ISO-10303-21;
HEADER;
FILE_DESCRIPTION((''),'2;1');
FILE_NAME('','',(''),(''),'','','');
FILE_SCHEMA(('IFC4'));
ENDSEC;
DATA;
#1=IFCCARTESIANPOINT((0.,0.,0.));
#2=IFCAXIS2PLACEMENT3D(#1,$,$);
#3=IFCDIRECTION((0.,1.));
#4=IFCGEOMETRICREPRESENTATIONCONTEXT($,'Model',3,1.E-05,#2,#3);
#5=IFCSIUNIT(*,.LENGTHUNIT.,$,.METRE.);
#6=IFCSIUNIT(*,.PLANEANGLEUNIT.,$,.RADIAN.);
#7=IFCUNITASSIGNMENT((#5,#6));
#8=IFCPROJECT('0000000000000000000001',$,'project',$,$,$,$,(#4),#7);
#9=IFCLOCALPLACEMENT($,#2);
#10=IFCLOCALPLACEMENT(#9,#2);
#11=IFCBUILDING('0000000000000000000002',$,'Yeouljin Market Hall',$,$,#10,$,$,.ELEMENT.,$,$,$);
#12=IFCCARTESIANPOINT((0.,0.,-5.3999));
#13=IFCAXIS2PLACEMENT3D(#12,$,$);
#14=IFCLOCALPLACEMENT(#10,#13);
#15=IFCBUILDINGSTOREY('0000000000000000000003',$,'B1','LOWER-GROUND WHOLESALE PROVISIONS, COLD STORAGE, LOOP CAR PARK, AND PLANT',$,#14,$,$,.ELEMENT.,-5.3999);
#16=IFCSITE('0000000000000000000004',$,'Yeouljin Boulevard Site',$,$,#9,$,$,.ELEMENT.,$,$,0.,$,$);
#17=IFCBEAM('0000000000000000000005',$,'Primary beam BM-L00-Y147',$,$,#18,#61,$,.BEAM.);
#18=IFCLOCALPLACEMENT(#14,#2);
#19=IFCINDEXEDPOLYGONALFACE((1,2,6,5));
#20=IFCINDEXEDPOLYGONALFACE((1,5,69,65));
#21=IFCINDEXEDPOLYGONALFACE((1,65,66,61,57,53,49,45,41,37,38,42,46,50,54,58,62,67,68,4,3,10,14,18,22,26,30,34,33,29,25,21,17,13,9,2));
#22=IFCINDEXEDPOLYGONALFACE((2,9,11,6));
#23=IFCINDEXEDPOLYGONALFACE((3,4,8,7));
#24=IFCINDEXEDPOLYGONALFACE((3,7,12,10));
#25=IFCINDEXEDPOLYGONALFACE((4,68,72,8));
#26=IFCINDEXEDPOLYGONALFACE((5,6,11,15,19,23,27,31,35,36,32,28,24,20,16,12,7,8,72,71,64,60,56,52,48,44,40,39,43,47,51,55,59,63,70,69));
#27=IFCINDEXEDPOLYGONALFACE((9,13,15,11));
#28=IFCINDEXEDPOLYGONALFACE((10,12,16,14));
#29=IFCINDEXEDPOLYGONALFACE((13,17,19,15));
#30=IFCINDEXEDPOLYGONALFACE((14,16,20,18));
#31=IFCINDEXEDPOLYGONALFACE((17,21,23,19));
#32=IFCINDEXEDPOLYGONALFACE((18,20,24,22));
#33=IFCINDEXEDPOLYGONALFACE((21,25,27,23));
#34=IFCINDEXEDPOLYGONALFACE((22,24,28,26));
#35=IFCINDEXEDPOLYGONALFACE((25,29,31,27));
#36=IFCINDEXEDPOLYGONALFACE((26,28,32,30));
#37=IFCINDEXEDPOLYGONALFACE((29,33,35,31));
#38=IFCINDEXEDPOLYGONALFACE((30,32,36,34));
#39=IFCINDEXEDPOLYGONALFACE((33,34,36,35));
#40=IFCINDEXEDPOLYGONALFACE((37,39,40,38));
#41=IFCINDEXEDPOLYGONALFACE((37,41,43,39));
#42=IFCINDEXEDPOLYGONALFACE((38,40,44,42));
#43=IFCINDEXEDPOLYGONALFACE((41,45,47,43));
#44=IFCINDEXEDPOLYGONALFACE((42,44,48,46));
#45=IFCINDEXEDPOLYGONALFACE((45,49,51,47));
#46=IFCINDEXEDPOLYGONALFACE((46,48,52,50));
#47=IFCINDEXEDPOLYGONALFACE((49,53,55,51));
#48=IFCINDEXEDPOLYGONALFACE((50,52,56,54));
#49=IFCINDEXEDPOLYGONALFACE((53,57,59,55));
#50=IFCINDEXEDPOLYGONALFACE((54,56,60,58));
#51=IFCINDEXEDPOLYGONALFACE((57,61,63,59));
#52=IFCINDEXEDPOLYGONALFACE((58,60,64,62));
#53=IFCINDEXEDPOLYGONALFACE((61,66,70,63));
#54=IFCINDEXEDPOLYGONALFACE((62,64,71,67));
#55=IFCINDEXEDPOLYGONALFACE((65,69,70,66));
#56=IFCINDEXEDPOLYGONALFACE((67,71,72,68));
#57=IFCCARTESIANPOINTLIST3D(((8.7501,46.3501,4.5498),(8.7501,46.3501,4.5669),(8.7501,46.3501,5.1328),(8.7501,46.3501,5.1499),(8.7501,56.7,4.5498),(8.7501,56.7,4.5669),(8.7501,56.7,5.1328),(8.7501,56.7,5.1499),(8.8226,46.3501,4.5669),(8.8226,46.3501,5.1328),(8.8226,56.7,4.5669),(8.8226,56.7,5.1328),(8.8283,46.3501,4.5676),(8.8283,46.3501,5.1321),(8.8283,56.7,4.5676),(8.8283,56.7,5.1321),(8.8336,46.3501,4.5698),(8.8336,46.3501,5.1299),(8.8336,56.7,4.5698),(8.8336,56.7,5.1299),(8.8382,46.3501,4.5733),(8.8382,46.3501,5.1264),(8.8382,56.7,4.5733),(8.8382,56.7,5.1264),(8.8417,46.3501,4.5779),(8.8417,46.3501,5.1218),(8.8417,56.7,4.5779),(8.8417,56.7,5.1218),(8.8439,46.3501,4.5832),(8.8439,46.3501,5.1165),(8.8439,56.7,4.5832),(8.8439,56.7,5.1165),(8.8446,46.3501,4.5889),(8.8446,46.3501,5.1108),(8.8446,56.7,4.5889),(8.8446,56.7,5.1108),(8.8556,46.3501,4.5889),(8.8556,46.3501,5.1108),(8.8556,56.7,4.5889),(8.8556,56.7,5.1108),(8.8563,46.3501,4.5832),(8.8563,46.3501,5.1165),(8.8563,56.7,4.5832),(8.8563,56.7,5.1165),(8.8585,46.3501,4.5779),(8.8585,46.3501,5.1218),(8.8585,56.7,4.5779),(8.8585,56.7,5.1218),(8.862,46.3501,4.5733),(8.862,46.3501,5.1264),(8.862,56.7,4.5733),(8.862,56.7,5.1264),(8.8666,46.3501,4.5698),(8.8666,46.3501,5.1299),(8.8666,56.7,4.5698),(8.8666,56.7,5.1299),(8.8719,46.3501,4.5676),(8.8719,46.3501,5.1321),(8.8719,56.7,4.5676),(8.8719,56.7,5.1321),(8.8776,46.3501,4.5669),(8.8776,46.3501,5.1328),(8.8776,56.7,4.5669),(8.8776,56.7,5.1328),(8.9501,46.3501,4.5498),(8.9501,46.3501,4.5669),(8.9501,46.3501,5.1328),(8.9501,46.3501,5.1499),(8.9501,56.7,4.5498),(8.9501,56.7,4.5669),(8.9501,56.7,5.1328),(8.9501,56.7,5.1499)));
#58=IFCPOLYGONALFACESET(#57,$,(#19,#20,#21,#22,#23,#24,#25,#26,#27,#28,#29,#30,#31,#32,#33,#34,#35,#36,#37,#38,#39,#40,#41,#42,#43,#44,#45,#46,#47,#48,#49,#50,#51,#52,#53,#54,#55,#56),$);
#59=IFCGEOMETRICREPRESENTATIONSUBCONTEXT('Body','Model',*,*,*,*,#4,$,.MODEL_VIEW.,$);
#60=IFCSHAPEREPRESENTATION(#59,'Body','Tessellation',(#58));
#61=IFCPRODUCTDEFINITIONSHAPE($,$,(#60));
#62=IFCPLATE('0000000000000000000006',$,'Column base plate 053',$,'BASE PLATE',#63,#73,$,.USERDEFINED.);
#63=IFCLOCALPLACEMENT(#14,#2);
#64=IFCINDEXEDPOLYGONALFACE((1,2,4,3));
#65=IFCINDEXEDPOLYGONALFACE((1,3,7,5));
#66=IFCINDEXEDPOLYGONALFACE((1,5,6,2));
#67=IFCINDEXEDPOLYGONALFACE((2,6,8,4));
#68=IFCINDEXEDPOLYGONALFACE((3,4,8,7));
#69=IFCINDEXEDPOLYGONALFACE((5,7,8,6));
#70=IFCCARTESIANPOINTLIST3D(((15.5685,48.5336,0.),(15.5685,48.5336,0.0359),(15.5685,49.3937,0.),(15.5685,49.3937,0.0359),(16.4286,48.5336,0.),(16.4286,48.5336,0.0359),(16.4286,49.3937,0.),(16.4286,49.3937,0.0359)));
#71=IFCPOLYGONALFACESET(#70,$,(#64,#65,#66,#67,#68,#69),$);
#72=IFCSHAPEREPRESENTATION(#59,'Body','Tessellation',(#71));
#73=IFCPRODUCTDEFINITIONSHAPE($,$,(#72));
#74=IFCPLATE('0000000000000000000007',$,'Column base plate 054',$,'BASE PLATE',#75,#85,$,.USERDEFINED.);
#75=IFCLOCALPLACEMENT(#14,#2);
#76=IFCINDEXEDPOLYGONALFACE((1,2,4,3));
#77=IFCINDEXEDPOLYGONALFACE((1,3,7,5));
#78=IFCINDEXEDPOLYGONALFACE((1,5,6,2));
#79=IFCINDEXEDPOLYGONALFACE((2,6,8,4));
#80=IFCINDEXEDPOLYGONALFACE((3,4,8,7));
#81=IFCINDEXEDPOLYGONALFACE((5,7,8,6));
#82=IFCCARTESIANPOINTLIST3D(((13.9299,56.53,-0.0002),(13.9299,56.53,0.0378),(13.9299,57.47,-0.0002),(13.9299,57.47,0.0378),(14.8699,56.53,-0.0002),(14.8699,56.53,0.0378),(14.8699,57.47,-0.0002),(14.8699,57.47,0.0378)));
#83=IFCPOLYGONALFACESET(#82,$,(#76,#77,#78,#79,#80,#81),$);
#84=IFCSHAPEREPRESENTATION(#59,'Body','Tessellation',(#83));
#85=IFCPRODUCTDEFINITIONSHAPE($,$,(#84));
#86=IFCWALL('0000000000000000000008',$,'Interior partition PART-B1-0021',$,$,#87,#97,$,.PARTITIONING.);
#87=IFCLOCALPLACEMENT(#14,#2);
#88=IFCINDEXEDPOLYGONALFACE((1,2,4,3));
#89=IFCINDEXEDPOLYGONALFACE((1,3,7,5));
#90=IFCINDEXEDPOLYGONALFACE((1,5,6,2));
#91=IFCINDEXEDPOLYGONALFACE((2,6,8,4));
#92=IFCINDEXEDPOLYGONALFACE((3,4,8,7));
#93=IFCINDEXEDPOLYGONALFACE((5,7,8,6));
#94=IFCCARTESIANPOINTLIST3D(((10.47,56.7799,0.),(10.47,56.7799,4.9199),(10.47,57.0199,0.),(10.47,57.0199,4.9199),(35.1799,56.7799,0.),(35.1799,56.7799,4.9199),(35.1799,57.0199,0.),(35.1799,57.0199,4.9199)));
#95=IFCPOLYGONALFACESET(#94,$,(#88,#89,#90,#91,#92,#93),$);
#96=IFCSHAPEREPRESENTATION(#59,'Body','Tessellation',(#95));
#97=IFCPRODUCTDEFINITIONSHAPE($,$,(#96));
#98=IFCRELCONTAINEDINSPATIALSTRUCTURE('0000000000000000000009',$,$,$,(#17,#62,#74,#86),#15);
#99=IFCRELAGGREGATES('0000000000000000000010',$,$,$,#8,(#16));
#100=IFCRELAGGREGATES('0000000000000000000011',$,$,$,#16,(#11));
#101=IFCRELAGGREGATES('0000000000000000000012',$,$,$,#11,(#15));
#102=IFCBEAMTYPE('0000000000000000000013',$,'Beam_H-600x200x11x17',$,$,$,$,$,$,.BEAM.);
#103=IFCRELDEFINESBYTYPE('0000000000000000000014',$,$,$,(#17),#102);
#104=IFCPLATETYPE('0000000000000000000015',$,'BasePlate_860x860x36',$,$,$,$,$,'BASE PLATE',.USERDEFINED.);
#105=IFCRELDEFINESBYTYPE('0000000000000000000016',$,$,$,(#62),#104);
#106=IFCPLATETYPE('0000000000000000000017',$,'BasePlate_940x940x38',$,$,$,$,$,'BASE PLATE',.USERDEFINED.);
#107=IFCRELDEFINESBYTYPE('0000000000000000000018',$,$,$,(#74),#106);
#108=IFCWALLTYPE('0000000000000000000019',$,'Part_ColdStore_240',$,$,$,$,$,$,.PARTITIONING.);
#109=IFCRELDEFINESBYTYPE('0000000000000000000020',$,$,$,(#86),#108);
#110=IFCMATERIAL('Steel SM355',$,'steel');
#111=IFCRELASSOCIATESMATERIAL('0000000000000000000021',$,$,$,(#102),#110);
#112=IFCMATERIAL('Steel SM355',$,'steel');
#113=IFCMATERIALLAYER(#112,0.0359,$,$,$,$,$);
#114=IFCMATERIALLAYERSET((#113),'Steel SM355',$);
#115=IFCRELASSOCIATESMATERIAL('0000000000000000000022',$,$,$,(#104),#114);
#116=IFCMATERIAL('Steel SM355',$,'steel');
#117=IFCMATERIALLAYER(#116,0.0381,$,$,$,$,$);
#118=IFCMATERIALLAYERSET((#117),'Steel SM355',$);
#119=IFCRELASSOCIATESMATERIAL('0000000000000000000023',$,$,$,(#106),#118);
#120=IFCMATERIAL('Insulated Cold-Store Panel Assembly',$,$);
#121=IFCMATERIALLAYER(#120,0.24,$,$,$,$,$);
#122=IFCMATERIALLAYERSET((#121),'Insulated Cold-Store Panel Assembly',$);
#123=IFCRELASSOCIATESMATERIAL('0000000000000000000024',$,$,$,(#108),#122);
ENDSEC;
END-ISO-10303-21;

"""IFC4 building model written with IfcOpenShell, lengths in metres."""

from ifc_helpers import new_model, si_unit, direction, frame, frame_2d, origin, origin_2d, place, context, subcontext, project, spatial, rectangle, i_section, extrude, material, layer, layer_set, material_profile, profile_set, type_object, element, save


model = new_model("IFC4")

# Units and contexts
model_context = context("Model", 3, precision=1e-05, world=origin(), true_north=direction((0.0, 1.0)))
body_context = subcontext(model_context, "Body", "Model", "MODEL_VIEW")
ifc_project = project(units=[si_unit("LENGTHUNIT", "METRE"), si_unit("PLANEANGLEUNIT", "RADIAN")], contexts=[model_context])

# Site, building, storey
site_placement = place(None, origin())
site = spatial("IfcSite", under=ifc_project, at=site_placement, Name="Yeouljin Boulevard Site", CompositionType="ELEMENT", RefElevation=0.0)
building_placement = place(site_placement, origin())
building = spatial("IfcBuilding", under=site, at=building_placement, Name="Yeouljin Market Hall", CompositionType="ELEMENT")
storey_placement = place(building_placement, frame((0.0, 0.0, -5.3999)))
storey = spatial("IfcBuildingStorey", under=building, at=storey_placement, Name="B1", Description="LOWER-GROUND WHOLESALE PROVISIONS, COLD STORAGE, LOOP CAR PARK, AND PLANT", CompositionType="ELEMENT", Elevation=-5.3999)

# Beam
ifc_material_1 = material(Name="Steel SM355", Category="steel")
ifc_material_profile_1 = material_profile(ifc_material_1, i_section(OverallWidth=0.2, OverallDepth=0.6001, WebThickness=0.011, FlangeThickness=0.0171, FilletRadius=0.022, at=origin_2d()), Name="H-600x200x11x17")
ifc_profile_set_1 = profile_set([ifc_material_profile_1], Name="Steel SM355")
beam_type_1 = type_object("IfcBeamType", Name="Beam_H-600x200x11x17", PredefinedType="BEAM", material=ifc_profile_set_1)
beam_1_placement = place(storey_placement, frame((8.8501, 46.3501, 4.8499), z_axis=(0.0, 1.0, 0.0), x_axis=(-1.0, 0.0, 0.0)))
element("IfcBeam", 1, at=beam_1_placement, inside=storey, type_object=beam_type_1, Name="Primary beam BM-L00-Y147", PredefinedType="BEAM", context=body_context, shape_type="SweptSolid", body=[
    extrude(i_section(OverallWidth=0.2, OverallDepth=0.6001, WebThickness=0.011, FlangeThickness=0.0171, FilletRadius=0.022, at=origin_2d()), origin(), (0.0, 0.0, 1.0), 10.3499),
])

# Plates
ifc_material_2 = material(Name="Steel SM355", Category="steel")
ifc_layer_1 = layer(ifc_material_2, 0.0359)
ifc_layer_set_1 = layer_set([ifc_layer_1], Name="Steel SM355")
plate_type_1 = type_object("IfcPlateType", Name="BasePlate_860x860x36", ElementType="BASE PLATE", PredefinedType="USERDEFINED", material=ifc_layer_set_1)
plate_1_placement = place(storey_placement, frame((15.9985, 48.9636, 0.0), z_axis=(0.0, 0.0, 1.0), x_axis=(1.0, 0.0, 0.0)))
element("IfcPlate", 2, at=plate_1_placement, inside=storey, type_object=plate_type_1, Name="Column base plate 053", ObjectType="BASE PLATE", PredefinedType="USERDEFINED", context=body_context, shape_type="SweptSolid", body=[
    extrude(rectangle(XDim=0.8601, YDim=0.8601, at=origin_2d()), origin(), (0.0, 0.0, 1.0), 0.0359),
])
ifc_material_3 = material(Name="Steel SM355", Category="steel")
ifc_layer_2 = layer(ifc_material_3, 0.0381)
ifc_layer_set_2 = layer_set([ifc_layer_2], Name="Steel SM355")
plate_type_2 = type_object("IfcPlateType", Name="BasePlate_940x940x38", ElementType="BASE PLATE", PredefinedType="USERDEFINED", material=ifc_layer_set_2)
plate_2_placement = place(storey_placement, frame((14.3999, 57.0, -0.0002), z_axis=(0.0, 0.0, 1.0), x_axis=(1.0, 0.0, 0.0)))
element("IfcPlate", 3, at=plate_2_placement, inside=storey, type_object=plate_type_2, Name="Column base plate 054", ObjectType="BASE PLATE", PredefinedType="USERDEFINED", context=body_context, shape_type="SweptSolid", body=[
    extrude(rectangle(XDim=0.9399, YDim=0.9399, at=origin_2d()), origin(), (0.0, 0.0, 1.0), 0.0381),
])

# Wall
ifc_material_4 = material(Name="Insulated Cold-Store Panel Assembly")
ifc_layer_3 = layer(ifc_material_4, 0.24)
ifc_layer_set_3 = layer_set([ifc_layer_3], Name="Insulated Cold-Store Panel Assembly")
wall_type = type_object("IfcWallType", Name="Part_ColdStore_240", PredefinedType="PARTITIONING", material=ifc_layer_set_3)
wall_placement = place(storey_placement, frame((10.47, 56.8999, 0.0), z_axis=(0.0, 0.0, 1.0), x_axis=(1.0, 0.0, 0.0)))
element("IfcWall", 4, at=wall_placement, inside=storey, type_object=wall_type, Name="Interior partition PART-B1-0021", PredefinedType="PARTITIONING", context=body_context, shape_type="SweptSolid", body=[
    extrude(rectangle(XDim=24.71, YDim=0.24, at=frame_2d((12.355, 0.0))), origin(), (0.0, 0.0, 1.0), 4.9199),
])

save(model, "model.ifc")
